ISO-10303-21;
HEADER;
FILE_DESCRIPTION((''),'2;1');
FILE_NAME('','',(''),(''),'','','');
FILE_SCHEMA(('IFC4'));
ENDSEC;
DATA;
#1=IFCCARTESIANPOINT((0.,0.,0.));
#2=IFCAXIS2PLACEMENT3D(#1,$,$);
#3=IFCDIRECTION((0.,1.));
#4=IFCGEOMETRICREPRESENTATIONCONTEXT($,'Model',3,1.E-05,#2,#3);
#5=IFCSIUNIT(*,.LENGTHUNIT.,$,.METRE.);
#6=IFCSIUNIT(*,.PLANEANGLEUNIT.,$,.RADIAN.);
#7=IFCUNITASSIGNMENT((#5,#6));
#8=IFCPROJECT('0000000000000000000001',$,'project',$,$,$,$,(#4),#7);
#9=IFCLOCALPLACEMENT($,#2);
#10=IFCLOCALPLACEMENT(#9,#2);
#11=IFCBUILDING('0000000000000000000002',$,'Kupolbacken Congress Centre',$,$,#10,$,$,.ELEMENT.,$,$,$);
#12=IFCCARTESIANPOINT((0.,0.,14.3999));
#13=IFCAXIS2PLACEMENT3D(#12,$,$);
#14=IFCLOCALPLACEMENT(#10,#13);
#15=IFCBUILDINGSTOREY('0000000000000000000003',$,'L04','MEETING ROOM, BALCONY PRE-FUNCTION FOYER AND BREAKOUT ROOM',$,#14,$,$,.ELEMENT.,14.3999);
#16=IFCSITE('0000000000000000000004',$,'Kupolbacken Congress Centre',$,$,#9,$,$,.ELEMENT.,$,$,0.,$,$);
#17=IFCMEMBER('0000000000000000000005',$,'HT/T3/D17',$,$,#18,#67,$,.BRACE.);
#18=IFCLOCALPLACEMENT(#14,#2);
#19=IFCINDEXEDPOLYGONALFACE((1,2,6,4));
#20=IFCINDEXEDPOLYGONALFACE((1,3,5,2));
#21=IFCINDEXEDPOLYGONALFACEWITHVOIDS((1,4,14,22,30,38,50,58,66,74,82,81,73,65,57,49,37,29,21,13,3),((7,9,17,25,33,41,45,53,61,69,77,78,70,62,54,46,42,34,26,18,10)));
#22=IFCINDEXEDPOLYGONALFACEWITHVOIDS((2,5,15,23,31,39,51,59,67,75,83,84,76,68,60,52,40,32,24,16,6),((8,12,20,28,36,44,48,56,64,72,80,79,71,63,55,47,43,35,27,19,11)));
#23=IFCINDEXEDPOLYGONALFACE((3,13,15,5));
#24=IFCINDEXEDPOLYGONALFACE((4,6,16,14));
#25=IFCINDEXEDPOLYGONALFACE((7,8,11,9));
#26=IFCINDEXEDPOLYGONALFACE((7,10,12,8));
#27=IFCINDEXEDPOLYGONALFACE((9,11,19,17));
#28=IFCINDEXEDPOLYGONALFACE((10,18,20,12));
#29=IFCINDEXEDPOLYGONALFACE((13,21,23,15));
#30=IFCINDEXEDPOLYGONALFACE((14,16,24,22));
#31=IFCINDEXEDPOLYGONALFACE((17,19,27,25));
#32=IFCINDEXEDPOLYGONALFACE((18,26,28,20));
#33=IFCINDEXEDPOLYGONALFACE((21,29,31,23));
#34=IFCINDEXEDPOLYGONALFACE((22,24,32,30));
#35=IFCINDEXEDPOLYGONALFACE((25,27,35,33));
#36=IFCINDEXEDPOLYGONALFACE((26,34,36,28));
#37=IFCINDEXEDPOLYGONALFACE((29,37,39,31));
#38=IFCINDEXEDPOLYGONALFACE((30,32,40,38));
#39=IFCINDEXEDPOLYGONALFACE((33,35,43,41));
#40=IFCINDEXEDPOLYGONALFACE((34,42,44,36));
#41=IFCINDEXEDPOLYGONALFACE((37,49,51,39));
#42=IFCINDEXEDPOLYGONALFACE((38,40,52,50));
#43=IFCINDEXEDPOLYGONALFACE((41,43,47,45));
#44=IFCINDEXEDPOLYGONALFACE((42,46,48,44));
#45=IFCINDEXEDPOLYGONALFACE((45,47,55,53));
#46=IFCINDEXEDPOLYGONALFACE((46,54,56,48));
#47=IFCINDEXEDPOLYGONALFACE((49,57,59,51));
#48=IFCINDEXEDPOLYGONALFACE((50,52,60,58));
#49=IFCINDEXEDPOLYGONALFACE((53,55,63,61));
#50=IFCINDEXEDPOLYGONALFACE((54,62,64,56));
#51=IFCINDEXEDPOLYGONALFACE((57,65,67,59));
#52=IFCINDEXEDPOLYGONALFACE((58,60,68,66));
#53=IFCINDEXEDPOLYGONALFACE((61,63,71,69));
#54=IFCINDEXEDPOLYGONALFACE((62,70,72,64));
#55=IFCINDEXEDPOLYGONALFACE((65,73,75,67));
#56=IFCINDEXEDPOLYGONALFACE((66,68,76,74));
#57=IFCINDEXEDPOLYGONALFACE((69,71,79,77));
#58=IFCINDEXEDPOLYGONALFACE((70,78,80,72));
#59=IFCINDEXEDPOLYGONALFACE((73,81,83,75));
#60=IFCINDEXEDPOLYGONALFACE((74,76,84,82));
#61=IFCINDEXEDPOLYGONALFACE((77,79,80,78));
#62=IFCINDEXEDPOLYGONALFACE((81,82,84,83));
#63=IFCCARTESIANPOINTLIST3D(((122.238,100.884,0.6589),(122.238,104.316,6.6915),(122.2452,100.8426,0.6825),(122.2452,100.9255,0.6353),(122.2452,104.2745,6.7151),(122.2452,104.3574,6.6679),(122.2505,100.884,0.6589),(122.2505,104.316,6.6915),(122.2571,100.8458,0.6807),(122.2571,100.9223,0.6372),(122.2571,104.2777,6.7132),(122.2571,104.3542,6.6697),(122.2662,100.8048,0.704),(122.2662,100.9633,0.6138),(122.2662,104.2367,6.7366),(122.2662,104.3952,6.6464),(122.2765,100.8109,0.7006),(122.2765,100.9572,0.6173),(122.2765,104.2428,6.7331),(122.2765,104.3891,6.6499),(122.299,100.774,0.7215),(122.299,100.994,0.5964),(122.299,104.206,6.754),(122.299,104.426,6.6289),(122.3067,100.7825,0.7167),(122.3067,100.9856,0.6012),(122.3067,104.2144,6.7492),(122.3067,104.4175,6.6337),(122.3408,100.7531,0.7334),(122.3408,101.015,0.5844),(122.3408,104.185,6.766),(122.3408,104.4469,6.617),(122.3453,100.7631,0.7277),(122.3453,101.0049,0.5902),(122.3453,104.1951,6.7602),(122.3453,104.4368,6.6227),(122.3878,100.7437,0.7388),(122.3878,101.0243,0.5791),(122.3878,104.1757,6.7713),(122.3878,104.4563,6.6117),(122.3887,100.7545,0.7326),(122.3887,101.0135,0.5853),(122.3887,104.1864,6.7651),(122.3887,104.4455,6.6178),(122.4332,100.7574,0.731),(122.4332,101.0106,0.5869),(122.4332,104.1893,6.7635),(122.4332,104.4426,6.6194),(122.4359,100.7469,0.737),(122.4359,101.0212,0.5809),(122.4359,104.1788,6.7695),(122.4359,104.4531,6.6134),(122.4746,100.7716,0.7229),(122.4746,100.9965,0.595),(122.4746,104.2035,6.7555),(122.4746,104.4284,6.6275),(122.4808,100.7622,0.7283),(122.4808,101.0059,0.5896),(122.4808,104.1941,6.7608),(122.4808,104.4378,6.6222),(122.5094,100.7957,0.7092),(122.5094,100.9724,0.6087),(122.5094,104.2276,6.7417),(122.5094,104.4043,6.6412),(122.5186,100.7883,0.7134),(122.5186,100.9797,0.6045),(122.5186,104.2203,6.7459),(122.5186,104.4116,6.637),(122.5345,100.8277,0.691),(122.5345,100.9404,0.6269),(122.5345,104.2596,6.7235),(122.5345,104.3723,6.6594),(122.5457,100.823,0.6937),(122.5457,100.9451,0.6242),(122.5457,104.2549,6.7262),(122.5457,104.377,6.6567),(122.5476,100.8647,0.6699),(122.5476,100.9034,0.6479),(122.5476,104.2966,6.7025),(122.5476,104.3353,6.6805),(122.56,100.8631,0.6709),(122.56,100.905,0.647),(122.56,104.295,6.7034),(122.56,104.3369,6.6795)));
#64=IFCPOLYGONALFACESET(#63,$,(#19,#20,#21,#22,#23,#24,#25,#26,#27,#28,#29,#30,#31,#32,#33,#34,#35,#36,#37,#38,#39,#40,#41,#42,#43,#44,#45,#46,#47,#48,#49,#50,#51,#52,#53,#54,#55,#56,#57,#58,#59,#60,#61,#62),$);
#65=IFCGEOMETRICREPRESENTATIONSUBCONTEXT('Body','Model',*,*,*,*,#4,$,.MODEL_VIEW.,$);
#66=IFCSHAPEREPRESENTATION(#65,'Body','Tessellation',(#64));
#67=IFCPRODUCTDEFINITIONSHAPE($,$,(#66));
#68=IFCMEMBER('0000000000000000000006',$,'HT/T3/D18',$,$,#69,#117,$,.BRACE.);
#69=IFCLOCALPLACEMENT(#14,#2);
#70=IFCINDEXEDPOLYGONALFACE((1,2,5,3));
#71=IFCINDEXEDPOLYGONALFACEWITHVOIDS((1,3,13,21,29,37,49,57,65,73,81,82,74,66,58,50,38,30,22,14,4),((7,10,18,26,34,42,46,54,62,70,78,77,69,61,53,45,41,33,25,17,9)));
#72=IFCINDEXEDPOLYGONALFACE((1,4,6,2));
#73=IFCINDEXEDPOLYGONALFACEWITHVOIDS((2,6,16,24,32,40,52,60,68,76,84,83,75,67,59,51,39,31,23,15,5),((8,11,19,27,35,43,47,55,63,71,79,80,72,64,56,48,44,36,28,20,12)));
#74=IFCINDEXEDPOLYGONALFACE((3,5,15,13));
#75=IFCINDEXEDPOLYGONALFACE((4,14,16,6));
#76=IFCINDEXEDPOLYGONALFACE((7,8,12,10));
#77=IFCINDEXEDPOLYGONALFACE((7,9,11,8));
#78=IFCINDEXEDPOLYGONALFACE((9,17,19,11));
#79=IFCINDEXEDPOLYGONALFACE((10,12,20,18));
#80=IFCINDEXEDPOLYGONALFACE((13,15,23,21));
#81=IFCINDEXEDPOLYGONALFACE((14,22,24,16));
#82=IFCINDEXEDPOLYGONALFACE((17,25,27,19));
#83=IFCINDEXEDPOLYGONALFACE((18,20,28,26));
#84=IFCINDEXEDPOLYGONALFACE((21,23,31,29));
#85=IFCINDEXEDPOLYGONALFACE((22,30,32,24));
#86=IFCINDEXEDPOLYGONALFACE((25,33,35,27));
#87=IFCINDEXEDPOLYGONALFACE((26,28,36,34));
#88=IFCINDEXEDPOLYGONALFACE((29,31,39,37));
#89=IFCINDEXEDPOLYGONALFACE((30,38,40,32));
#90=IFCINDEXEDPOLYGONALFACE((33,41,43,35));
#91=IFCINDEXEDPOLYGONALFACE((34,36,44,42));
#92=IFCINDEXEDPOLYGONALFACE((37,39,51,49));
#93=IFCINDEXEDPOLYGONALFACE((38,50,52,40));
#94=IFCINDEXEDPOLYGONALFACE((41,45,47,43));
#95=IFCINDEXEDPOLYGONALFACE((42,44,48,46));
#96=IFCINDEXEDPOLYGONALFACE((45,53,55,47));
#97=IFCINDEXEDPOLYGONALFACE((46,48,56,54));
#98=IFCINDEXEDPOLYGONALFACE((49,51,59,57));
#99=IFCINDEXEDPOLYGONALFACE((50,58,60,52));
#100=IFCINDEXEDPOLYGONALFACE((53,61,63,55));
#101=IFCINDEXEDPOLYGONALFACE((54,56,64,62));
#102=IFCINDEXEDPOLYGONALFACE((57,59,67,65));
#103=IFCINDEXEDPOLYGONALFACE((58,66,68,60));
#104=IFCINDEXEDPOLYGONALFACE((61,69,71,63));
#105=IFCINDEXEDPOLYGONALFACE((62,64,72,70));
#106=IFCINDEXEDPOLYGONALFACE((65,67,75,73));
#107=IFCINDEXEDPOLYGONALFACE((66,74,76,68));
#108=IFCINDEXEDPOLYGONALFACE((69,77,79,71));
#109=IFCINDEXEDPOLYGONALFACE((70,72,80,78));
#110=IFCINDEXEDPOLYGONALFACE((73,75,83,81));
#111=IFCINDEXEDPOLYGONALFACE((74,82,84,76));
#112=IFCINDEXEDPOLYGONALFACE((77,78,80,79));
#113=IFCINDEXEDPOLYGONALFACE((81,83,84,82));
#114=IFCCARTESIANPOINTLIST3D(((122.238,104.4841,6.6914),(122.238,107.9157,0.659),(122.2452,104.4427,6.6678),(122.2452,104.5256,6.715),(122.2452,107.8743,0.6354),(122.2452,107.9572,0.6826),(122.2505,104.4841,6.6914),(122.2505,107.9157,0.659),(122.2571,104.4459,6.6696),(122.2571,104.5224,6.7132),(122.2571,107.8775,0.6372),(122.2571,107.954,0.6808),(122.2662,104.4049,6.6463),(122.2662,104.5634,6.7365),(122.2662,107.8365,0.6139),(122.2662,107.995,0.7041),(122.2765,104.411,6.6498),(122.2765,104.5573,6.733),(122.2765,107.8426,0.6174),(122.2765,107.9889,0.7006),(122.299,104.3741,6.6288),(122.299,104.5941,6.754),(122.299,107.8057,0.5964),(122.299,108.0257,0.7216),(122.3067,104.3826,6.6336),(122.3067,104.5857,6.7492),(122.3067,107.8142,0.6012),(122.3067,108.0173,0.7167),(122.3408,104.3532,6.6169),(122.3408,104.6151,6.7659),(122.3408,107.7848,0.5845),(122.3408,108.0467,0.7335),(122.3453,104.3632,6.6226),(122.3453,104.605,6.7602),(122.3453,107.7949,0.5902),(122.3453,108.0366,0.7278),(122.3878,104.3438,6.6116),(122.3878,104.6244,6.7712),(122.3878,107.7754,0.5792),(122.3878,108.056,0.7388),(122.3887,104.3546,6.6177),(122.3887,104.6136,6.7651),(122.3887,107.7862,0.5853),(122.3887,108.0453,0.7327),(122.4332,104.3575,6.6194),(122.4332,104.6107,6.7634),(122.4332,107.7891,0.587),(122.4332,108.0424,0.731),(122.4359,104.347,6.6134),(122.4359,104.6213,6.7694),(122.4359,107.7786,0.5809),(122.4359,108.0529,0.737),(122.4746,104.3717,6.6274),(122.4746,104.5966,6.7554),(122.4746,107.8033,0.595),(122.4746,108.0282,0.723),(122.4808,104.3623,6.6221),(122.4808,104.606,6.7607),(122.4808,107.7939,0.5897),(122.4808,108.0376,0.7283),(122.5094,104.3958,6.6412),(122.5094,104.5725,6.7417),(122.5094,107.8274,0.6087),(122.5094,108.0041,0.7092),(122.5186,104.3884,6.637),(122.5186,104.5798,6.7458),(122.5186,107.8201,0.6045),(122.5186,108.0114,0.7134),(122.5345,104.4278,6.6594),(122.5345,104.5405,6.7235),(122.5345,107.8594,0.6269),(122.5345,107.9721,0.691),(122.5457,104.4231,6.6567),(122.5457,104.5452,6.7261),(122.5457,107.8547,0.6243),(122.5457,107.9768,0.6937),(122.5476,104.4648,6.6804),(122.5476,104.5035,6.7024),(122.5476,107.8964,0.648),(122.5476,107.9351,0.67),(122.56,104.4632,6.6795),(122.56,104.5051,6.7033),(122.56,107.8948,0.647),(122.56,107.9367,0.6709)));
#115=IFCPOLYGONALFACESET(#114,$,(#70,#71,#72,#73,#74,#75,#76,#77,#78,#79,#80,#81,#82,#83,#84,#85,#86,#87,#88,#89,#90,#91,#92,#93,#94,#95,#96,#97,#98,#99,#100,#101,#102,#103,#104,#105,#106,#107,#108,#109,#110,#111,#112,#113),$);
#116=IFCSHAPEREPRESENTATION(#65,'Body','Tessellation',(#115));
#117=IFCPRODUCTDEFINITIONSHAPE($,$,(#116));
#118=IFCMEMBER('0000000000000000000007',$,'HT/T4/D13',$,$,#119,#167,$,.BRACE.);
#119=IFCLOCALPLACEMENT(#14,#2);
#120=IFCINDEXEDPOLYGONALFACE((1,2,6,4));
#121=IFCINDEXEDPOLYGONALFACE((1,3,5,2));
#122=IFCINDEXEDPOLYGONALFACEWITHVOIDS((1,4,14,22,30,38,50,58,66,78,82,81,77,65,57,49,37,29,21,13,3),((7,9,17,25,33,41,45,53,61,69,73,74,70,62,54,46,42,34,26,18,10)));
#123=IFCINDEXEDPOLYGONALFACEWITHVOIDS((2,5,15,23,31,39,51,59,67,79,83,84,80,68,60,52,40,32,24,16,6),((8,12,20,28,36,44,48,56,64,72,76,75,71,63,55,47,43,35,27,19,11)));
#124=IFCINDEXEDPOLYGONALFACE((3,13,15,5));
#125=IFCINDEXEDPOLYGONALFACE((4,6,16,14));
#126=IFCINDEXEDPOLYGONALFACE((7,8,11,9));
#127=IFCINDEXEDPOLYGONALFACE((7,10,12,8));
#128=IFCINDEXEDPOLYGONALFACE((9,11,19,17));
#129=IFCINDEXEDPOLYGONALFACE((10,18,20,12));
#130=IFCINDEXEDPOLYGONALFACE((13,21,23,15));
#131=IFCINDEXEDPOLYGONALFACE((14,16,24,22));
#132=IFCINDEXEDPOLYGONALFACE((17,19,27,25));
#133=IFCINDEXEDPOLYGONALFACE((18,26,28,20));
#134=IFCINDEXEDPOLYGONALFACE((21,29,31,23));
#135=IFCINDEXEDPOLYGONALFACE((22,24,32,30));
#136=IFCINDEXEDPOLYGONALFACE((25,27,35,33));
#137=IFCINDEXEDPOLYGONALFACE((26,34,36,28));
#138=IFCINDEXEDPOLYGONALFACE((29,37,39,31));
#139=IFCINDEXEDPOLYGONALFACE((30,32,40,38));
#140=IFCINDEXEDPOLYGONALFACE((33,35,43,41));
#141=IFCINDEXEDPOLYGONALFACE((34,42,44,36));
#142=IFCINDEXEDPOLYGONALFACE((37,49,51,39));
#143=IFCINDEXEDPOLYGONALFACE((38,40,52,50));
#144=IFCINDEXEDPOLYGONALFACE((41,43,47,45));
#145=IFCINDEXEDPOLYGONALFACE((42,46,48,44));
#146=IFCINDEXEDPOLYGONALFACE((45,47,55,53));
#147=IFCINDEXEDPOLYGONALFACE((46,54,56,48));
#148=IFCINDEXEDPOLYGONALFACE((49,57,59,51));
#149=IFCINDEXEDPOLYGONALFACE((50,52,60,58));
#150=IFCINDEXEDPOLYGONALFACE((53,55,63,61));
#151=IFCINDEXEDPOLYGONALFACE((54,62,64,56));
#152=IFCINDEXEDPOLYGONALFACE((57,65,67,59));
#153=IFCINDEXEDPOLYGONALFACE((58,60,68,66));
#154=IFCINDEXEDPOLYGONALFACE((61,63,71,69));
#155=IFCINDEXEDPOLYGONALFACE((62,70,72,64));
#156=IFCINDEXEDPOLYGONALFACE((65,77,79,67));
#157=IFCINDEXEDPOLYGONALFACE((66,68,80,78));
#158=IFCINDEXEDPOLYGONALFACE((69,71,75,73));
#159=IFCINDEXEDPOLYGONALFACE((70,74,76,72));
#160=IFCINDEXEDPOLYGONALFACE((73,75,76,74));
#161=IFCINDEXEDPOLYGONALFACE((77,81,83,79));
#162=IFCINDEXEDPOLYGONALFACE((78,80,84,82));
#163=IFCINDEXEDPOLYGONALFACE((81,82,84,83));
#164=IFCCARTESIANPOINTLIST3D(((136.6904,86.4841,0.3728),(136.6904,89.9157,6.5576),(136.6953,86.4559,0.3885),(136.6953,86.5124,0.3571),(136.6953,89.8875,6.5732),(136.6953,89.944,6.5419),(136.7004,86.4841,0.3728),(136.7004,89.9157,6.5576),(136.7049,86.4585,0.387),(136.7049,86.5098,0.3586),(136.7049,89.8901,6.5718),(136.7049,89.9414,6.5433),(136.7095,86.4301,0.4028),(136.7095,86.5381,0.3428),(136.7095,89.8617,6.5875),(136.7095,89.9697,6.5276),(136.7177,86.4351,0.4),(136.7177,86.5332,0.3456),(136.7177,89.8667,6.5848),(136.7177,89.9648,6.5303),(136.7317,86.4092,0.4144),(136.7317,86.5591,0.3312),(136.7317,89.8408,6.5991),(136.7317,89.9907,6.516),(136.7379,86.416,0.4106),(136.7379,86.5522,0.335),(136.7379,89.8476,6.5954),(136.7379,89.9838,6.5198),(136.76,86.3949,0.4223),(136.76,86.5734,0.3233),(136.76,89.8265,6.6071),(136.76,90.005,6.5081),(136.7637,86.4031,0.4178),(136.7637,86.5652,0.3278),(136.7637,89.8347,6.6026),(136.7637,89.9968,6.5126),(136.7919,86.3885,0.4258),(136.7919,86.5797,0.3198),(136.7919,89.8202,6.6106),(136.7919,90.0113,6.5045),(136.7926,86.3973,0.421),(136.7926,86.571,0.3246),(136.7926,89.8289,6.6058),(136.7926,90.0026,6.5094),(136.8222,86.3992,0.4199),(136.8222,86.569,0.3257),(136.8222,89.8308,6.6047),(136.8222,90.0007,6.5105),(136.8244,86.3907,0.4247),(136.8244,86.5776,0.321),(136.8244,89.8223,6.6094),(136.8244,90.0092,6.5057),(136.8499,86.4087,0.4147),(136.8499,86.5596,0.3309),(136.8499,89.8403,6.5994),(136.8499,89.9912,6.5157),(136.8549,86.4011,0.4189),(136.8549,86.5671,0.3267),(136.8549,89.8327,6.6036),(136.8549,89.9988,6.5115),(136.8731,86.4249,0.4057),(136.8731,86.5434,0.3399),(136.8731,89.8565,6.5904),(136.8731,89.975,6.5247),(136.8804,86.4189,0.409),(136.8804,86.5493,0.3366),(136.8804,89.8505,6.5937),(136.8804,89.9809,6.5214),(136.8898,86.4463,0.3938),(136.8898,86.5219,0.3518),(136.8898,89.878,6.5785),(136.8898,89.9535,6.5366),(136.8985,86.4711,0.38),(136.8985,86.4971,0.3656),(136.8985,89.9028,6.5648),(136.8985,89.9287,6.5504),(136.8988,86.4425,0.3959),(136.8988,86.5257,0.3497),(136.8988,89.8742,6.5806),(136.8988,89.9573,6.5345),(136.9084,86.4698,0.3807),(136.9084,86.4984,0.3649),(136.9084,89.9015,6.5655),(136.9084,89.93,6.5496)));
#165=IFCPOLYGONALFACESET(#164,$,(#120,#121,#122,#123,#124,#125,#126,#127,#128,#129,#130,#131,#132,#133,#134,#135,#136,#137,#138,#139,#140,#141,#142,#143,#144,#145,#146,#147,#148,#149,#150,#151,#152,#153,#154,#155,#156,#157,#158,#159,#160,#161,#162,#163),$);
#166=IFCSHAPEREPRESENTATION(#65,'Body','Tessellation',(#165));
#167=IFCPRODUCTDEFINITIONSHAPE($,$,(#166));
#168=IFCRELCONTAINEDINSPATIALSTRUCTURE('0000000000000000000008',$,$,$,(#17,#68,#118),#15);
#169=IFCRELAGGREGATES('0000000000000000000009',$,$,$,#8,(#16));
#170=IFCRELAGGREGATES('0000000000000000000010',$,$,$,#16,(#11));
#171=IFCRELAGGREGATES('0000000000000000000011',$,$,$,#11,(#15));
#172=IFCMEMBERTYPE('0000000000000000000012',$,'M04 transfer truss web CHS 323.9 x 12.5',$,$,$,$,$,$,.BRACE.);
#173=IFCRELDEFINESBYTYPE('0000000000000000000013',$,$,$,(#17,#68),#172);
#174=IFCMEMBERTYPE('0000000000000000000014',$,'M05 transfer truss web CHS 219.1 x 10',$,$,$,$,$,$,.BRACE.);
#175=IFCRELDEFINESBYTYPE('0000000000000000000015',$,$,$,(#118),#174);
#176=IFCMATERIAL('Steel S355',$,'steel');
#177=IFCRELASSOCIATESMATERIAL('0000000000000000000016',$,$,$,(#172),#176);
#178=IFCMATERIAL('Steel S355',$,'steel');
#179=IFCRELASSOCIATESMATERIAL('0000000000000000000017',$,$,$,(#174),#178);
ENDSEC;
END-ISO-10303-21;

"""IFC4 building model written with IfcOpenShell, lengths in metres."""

from ifc_helpers import new_model, si_unit, direction, frame, origin, origin_2d, place, context, subcontext, project, spatial, hollow_circle, extrude, material, material_profile, profile_set, type_object, element, save


model = new_model("IFC4")

# Units and contexts
model_context = context("Model", 3, precision=1e-05, world=origin(), true_north=direction((0.0, 1.0)))
body_context = subcontext(model_context, "Body", "Model", "MODEL_VIEW")
ifc_project = project(units=[si_unit("LENGTHUNIT", "METRE"), si_unit("PLANEANGLEUNIT", "RADIAN")], contexts=[model_context])

# Site, building, storey
site_placement = place(None, origin())
site = spatial("IfcSite", under=ifc_project, at=site_placement, Name="Kupolbacken Congress Centre", CompositionType="ELEMENT", RefElevation=0.0)
building_placement = place(site_placement, origin())
building = spatial("IfcBuilding", under=site, at=building_placement, Name="Kupolbacken Congress Centre", CompositionType="ELEMENT")
storey_placement = place(building_placement, frame((0.0, 0.0, 14.3999)))
storey = spatial("IfcBuildingStorey", under=building, at=storey_placement, Name="L04", Description="MEETING ROOM, BALCONY PRE-FUNCTION FOYER AND BREAKOUT ROOM", CompositionType="ELEMENT", Elevation=14.3999)

# Members
ifc_material_1 = material(Name="Steel S355", Category="steel")
ifc_material_profile_1 = material_profile(ifc_material_1, hollow_circle(Radius=0.1619, WallThickness=0.0125, at=origin_2d()), Name="CHS 323.9 x 12.5")
ifc_profile_set_1 = profile_set([ifc_material_profile_1], Name="Steel S355")
member_type_1 = type_object("IfcMemberType", Name="M04 transfer truss web CHS 323.9 x 12.5", PredefinedType="BRACE", material=ifc_profile_set_1)
member_1_placement = place(storey_placement, frame((122.3999, 100.884, 0.6589), z_axis=(0.0, 0.494483, 0.869188), x_axis=(-1.0, 0.0, 0.0)))
element("IfcMember", 1, at=member_1_placement, inside=storey, type_object=member_type_1, Name="HT/T3/D17", PredefinedType="BRACE", context=body_context, shape_type="SweptSolid", body=[
    extrude(hollow_circle(Radius=0.1619, WallThickness=0.0125, at=origin_2d()), origin(), (0.0, 0.0, 1.0), 6.9404),
])
member_2_placement = place(storey_placement, frame((122.3999, 104.4841, 6.6914), z_axis=(0.0, 0.494456, -0.869203), x_axis=(-1.0, 0.0, 0.0)))
element("IfcMember", 2, at=member_2_placement, inside=storey, type_object=member_type_1, Name="HT/T3/D18", PredefinedType="BRACE", context=body_context, shape_type="SweptSolid", body=[
    extrude(hollow_circle(Radius=0.1619, WallThickness=0.0125, at=origin_2d()), origin(), (0.0, 0.0, 1.0), 6.9402),
])
ifc_material_2 = material(Name="Steel S355", Category="steel")
ifc_material_profile_2 = material_profile(ifc_material_2, hollow_circle(Radius=0.1096, WallThickness=0.01, at=origin_2d()), Name="CHS 219.1 x 10")
ifc_profile_set_2 = profile_set([ifc_material_profile_2], Name="Steel S355")
member_type_2 = type_object("IfcMemberType", Name="M05 transfer truss web CHS 219.1 x 10", PredefinedType="BRACE", material=ifc_profile_set_2)
for number, where, z_axis, x_axis, name in (
    (3, (136.8, 86.4841, 0.3728), (0.0, 0.485171, 0.874419), (-1.0, 0.0, 0.0), "HT/T4/D13"),
):
    element("IfcMember", number, at=place(storey_placement, frame(where, z_axis=z_axis, x_axis=x_axis)), inside=storey, type_object=member_type_2, Name=name, PredefinedType="BRACE", context=body_context, shape_type="SweptSolid", body=[
        extrude(hollow_circle(Radius=0.1096, WallThickness=0.01, at=origin_2d()), origin(), (0.0, 0.0, 1.0), 7.073),
    ])

save(model, "model.ifc")
